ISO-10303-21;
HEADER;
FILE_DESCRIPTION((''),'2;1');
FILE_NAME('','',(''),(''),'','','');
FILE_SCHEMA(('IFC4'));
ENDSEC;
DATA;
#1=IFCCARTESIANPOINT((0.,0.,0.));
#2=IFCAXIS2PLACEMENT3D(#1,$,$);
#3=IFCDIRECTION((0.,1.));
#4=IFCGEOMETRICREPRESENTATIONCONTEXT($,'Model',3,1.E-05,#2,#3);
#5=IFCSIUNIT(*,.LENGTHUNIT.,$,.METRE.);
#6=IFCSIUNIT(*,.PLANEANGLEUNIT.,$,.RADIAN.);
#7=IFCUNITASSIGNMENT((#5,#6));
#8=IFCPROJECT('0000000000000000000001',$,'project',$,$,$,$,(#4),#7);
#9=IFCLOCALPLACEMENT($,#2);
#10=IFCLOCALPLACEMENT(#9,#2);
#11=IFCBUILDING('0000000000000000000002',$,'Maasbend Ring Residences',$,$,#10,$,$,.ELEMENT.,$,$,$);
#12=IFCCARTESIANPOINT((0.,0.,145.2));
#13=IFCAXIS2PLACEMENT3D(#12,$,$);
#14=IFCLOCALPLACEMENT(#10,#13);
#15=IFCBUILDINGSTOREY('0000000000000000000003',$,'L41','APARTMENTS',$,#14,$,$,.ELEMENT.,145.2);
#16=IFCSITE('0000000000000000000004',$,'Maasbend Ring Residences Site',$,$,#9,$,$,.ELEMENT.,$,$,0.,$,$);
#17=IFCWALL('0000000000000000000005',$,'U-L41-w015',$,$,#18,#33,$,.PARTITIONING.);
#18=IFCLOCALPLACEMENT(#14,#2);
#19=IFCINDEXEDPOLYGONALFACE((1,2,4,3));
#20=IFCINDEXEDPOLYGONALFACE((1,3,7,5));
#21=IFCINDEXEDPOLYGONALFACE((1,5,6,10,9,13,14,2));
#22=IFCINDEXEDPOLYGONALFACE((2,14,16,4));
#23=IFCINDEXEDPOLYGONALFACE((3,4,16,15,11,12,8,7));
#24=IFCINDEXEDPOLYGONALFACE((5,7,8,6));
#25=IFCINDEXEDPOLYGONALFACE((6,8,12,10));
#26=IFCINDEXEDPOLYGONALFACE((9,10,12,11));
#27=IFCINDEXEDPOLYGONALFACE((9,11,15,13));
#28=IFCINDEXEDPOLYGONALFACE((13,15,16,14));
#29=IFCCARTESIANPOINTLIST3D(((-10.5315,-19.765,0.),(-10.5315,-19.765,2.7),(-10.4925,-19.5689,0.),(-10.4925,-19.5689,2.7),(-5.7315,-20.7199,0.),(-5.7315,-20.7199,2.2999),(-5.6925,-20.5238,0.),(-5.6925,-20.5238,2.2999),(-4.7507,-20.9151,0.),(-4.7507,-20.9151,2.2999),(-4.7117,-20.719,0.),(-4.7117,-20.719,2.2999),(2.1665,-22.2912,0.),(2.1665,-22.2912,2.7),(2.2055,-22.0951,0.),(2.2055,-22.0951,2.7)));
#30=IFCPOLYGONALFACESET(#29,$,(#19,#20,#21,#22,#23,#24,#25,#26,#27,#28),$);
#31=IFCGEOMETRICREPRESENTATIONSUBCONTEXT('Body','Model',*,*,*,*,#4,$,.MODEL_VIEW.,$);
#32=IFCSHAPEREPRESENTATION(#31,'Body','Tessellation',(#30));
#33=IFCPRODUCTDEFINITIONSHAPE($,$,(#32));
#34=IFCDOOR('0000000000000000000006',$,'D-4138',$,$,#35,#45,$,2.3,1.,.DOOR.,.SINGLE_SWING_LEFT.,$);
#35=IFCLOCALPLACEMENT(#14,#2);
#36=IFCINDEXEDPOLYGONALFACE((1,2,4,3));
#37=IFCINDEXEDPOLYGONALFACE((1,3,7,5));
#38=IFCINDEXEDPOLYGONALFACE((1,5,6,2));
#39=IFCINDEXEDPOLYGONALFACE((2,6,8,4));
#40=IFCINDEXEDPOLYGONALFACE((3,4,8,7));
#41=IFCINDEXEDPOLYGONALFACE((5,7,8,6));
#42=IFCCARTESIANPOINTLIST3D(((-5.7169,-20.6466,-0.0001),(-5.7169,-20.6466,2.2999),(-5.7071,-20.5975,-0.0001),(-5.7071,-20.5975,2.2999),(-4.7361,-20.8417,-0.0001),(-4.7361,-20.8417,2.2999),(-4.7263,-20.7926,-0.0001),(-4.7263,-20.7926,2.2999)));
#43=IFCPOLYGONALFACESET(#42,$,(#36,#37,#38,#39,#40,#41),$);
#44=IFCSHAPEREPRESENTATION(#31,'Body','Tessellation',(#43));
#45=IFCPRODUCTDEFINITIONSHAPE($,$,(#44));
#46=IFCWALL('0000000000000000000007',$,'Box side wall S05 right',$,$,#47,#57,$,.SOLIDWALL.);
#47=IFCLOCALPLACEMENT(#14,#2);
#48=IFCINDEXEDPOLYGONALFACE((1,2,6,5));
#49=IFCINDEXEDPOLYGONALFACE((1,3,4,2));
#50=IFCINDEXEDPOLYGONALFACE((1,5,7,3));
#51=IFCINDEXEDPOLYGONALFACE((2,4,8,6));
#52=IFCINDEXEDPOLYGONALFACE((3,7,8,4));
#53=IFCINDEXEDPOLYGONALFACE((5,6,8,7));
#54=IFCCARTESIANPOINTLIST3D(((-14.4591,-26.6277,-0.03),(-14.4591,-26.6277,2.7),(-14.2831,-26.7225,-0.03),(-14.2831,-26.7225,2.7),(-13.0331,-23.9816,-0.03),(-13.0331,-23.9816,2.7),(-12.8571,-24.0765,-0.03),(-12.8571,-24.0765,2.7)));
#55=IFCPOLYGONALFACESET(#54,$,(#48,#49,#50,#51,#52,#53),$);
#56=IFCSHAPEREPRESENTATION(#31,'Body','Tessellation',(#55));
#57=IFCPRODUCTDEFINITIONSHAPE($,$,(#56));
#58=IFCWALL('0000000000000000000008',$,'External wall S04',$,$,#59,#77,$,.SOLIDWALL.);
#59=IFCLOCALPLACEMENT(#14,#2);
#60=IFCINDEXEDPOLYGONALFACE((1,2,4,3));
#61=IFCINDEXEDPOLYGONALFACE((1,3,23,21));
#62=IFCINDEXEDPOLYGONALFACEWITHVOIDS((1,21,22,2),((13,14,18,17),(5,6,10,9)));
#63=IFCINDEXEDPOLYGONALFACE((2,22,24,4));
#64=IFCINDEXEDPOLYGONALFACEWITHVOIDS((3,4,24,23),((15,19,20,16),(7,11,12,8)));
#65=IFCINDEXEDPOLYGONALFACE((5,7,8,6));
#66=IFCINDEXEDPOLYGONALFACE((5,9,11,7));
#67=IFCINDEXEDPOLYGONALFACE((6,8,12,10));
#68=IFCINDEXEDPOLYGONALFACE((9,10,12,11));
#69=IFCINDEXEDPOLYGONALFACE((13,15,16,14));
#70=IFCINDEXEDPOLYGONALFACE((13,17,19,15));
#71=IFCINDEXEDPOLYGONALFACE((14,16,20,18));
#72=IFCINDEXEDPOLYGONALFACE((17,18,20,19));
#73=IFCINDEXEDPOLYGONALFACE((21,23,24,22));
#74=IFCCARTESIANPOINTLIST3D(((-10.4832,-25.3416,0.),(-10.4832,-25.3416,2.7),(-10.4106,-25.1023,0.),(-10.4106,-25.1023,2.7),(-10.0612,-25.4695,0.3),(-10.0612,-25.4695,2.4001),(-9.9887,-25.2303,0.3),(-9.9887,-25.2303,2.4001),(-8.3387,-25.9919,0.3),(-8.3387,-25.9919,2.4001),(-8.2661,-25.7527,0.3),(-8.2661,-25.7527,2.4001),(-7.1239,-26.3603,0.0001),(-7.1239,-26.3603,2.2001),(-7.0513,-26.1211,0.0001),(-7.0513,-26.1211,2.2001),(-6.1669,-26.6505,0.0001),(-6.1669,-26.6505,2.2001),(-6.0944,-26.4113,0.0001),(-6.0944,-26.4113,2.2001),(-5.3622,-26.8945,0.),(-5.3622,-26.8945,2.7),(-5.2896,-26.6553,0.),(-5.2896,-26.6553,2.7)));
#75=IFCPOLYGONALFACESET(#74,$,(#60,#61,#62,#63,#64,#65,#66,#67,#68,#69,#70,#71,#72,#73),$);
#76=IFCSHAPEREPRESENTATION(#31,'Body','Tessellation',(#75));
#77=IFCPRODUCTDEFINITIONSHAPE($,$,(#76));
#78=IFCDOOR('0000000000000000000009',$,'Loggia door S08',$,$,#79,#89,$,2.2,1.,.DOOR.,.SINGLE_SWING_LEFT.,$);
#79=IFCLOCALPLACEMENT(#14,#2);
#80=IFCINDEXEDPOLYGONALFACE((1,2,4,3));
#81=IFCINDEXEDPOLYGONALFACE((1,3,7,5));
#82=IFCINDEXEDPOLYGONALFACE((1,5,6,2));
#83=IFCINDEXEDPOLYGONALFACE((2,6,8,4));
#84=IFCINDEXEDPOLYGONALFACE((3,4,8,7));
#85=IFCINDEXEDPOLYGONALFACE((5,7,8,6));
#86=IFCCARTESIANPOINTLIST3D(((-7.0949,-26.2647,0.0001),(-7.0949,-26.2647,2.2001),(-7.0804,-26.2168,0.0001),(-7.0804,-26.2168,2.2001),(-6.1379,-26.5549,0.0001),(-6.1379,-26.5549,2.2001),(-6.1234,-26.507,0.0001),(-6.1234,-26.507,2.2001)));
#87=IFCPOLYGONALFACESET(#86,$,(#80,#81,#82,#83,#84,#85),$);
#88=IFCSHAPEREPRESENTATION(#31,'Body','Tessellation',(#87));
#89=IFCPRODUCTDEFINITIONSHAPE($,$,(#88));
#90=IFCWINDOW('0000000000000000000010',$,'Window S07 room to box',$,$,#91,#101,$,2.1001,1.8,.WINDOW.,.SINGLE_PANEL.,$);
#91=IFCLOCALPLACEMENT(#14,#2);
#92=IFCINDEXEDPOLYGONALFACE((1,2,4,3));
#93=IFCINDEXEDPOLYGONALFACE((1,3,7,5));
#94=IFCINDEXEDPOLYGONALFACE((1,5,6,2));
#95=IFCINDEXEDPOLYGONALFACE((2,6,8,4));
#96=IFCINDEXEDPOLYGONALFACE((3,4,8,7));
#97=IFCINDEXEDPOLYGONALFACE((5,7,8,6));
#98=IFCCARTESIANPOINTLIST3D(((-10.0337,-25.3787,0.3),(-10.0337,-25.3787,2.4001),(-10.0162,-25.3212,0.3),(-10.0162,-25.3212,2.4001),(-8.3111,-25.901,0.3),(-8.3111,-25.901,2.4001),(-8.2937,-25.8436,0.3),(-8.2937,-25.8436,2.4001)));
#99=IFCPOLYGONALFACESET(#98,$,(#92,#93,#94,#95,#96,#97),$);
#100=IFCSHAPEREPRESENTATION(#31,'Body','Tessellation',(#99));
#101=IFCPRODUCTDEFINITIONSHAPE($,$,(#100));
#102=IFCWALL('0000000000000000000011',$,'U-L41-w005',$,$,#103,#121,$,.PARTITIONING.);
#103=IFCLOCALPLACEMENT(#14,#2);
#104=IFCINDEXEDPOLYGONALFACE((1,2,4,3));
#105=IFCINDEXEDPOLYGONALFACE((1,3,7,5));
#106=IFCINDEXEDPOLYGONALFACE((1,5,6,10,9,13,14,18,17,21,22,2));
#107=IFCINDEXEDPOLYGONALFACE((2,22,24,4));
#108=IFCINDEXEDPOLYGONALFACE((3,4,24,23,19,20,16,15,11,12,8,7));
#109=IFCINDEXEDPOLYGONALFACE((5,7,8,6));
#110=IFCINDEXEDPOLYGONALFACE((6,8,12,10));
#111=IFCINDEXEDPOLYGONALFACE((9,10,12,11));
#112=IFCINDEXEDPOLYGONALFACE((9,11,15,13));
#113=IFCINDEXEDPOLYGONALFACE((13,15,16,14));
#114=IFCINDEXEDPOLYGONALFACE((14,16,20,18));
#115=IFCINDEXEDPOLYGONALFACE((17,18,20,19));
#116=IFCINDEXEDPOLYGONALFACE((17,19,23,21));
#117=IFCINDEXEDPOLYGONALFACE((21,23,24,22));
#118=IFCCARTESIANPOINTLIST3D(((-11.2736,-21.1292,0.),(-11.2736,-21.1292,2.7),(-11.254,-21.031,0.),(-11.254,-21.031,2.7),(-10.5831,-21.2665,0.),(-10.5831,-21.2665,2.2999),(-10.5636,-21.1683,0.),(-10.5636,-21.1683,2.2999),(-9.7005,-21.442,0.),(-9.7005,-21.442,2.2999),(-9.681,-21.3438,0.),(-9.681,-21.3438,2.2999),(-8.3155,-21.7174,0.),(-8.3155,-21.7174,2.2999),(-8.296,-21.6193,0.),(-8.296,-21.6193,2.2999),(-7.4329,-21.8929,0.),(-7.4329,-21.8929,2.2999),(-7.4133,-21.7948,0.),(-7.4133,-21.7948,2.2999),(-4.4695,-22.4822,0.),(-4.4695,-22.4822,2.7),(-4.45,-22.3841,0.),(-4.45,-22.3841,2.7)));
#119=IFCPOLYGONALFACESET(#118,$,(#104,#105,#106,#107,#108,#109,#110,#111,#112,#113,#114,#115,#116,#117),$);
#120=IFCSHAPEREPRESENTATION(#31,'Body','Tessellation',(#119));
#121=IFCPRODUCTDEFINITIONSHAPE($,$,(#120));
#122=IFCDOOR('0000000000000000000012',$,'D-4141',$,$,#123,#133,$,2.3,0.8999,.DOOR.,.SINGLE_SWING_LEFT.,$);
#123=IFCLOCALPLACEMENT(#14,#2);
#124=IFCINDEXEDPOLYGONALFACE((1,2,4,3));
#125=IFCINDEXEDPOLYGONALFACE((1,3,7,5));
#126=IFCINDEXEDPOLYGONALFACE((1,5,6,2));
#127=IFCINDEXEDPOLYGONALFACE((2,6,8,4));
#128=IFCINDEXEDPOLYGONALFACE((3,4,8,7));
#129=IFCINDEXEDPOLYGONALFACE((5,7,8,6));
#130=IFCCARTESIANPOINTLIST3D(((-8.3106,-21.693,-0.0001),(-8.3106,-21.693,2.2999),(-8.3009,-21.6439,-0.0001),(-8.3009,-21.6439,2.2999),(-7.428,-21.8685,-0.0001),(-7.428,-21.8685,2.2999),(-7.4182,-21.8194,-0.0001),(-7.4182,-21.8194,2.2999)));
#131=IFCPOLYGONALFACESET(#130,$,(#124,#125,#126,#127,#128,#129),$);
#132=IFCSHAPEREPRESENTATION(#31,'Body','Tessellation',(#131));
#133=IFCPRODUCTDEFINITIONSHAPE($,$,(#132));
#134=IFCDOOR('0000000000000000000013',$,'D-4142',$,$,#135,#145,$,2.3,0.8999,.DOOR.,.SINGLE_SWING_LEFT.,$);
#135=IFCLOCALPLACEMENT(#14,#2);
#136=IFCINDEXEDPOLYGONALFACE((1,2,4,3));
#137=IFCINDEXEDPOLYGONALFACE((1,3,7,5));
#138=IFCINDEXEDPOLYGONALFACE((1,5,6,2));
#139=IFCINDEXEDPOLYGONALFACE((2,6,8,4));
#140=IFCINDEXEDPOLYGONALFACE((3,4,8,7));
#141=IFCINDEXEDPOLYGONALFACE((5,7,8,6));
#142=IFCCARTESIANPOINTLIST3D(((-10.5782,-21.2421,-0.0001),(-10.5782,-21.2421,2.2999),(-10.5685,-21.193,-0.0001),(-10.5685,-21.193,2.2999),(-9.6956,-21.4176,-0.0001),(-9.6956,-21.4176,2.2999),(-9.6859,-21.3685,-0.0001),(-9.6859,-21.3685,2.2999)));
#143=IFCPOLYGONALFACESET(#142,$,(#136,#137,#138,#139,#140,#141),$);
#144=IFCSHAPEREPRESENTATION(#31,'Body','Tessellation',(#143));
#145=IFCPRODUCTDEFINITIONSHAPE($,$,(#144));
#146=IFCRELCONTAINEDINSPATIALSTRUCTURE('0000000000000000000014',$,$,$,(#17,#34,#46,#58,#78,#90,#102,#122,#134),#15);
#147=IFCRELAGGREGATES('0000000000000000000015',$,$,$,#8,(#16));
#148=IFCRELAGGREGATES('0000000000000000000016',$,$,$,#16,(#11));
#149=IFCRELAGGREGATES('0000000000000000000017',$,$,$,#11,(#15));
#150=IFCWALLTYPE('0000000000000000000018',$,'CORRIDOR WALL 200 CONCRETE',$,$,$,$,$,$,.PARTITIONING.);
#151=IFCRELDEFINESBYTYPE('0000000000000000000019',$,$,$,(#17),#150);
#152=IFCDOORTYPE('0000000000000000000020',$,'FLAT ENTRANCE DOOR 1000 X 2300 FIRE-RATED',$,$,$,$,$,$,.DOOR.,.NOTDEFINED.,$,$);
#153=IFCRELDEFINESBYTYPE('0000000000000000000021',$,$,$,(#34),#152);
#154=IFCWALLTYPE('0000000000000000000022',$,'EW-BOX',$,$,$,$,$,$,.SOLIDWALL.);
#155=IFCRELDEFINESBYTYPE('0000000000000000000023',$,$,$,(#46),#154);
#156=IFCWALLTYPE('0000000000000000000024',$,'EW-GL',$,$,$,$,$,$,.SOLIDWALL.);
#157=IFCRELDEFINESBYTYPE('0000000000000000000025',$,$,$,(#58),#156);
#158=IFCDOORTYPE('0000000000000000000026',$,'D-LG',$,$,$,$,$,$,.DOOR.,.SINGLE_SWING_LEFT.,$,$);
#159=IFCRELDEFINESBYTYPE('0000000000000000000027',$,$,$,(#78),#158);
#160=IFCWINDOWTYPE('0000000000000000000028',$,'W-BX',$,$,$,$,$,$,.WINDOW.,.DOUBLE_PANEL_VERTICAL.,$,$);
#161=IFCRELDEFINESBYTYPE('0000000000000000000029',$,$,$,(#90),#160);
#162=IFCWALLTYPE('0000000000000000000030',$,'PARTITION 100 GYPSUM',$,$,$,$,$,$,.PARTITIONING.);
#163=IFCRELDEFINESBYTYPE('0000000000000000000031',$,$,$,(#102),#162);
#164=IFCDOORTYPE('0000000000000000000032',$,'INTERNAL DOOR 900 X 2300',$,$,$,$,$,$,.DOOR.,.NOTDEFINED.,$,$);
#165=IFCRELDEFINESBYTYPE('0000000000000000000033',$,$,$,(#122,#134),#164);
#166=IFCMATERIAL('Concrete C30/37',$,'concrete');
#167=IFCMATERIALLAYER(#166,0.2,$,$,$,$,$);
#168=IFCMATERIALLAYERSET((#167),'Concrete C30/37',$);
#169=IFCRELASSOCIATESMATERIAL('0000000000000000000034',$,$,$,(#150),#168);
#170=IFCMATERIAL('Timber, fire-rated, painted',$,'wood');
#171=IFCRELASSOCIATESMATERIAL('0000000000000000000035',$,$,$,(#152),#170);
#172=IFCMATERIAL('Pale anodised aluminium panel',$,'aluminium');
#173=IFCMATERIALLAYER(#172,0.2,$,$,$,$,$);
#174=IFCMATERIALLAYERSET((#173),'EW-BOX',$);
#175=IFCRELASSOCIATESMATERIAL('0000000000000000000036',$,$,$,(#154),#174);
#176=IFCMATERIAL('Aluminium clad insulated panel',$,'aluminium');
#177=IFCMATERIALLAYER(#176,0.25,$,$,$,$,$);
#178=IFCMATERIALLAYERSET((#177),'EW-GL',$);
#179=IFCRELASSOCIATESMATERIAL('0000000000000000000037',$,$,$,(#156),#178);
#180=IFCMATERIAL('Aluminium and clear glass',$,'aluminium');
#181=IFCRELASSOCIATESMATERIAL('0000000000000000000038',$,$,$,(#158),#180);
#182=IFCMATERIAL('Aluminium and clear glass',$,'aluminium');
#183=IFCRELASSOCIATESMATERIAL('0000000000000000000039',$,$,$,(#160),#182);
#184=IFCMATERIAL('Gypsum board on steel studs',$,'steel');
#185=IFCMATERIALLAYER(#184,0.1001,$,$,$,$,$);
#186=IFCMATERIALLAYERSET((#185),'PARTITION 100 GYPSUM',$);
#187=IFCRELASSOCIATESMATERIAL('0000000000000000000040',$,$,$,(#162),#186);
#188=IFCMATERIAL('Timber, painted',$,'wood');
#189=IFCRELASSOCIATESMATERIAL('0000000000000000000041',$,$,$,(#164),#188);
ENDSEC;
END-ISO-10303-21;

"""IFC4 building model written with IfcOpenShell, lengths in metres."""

from ifc_helpers import new_model, si_unit, direction, frame, frame_2d, origin, place, context, subcontext, project, spatial, rectangle, extrude, material, layer, layer_set, type_object, element, fill, save


model = new_model("IFC4")

# Units and contexts
model_context = context("Model", 3, precision=1e-05, world=origin(), true_north=direction((0.0, 1.0)))
body_context = subcontext(model_context, "Body", "Model", "MODEL_VIEW")
ifc_project = project(units=[si_unit("LENGTHUNIT", "METRE"), si_unit("PLANEANGLEUNIT", "RADIAN")], contexts=[model_context])

# Site, building, storey
site_placement = place(None, origin())
site = spatial("IfcSite", under=ifc_project, at=site_placement, Name="Maasbend Ring Residences Site", CompositionType="ELEMENT", RefElevation=0.0)
building_placement = place(site_placement, origin())
building = spatial("IfcBuilding", under=site, at=building_placement, Name="Maasbend Ring Residences", CompositionType="ELEMENT")
storey_placement = place(building_placement, frame((0.0, 0.0, 145.2)))
storey = spatial("IfcBuildingStorey", under=building, at=storey_placement, Name="L41", Description="APARTMENTS", CompositionType="ELEMENT", Elevation=145.2)

# Wall, opening, door
ifc_material_1 = material(Name="Concrete C30/37", Category="concrete")
ifc_layer_1 = layer(ifc_material_1, 0.2)
ifc_layer_set_1 = layer_set([ifc_layer_1], Name="Concrete C30/37")
wall_type_1 = type_object("IfcWallType", Name="CORRIDOR WALL 200 CONCRETE", PredefinedType="PARTITIONING", material=ifc_layer_set_1)
wall_1_placement = place(storey_placement, frame((-10.512, -19.667, 0.0), z_axis=(0.0, 0.0, 1.0), x_axis=(0.98078, -0.195115, 0.0)))
wall_1 = element("IfcWall", 1, at=wall_1_placement, inside=storey, type_object=wall_type_1, Name="U-L41-w015", PredefinedType="PARTITIONING", context=body_context, shape_type="SweptSolid", body=[
    extrude(rectangle(XDim=12.9468, YDim=0.2, at=frame_2d((6.4734, 0.0))), origin(), (0.0, 0.0, 1.0), 2.7),
])
opening_1_placement = place(wall_1_placement, frame((4.894, 0.0, 0.0)))
opening_1 = element("IfcOpeningElement", 2, at=opening_1_placement, cuts=wall_1, PredefinedType="OPENING", context=body_context, shape_type="SweptSolid", body=[
    extrude(rectangle(XDim=1.0, YDim=2.3, at=frame_2d((0.5, 1.1499))), frame((0.0, 0.1099, 0.0), z_axis=(0.0, -1.0, 0.0), x_axis=(1.0, 0.0, 0.0)), (0.0, 0.0, 1.0), 0.22),
])
ifc_material_2 = material(Name="Timber, fire-rated, painted", Category="wood")
door_type_1 = type_object("IfcDoorType", Name="FLAT ENTRANCE DOOR 1000 X 2300 FIRE-RATED", OperationType="NOTDEFINED", PredefinedType="DOOR", material=ifc_material_2)
door_1_placement = place(opening_1_placement, origin())
door_1 = element("IfcDoor", 3, at=door_1_placement, inside=storey, type_object=door_type_1, Name="D-4138", OperationType="SINGLE_SWING_LEFT", OverallHeight=2.3, OverallWidth=1.0, PredefinedType="DOOR", context=body_context, shape_type="SweptSolid", body=[
    extrude(rectangle(XDim=1.0, YDim=2.3, at=frame_2d((0.5, 1.1499))), frame((0.0, 0.0249, 0.0), z_axis=(0.0, -1.0, 0.0), x_axis=(1.0, 0.0, 0.0)), (0.0, 0.0, 1.0), 0.05),
])
fill(opening_1, door_1)

# Wall
ifc_material_3 = material(Name="Pale anodised aluminium panel", Category="aluminium")
ifc_layer_2 = layer(ifc_material_3, 0.2)
ifc_layer_set_2 = layer_set([ifc_layer_2], Name="EW-BOX")
wall_type_2 = type_object("IfcWallType", Name="EW-BOX", PredefinedType="SOLIDWALL", material=ifc_layer_set_2)
wall_2_placement = place(storey_placement, frame((-12.9451, -24.0291, -0.03), z_axis=(0.0, 0.0, 1.0), x_axis=(-0.474424, -0.880296, 0.0)))
element("IfcWall", 4, at=wall_2_placement, inside=storey, type_object=wall_type_2, Name="Box side wall S05 right", PredefinedType="SOLIDWALL", context=body_context, shape_type="SweptSolid", body=[
    extrude(rectangle(XDim=3.0059, YDim=0.2, at=frame_2d((1.5029, 0.0))), origin(), (0.0, 0.0, 1.0), 2.73),
])

# Wall, openings, door, window
ifc_material_4 = material(Name="Aluminium clad insulated panel", Category="aluminium")
ifc_layer_3 = layer(ifc_material_4, 0.25)
ifc_layer_set_3 = layer_set([ifc_layer_3], Name="EW-GL")
wall_type_3 = type_object("IfcWallType", Name="EW-GL", PredefinedType="SOLIDWALL", material=ifc_layer_set_3)
wall_3_placement = place(storey_placement, frame((-10.447, -25.2219, 0.0), z_axis=(0.0, 0.0, 1.0), x_axis=(0.956966, -0.290201, 0.0)))
wall_3 = element("IfcWall", 5, at=wall_3_placement, inside=storey, type_object=wall_type_3, Name="External wall S04", PredefinedType="SOLIDWALL", context=body_context, shape_type="SweptSolid", body=[
    extrude(rectangle(XDim=5.3513, YDim=0.25, at=frame_2d((2.6758, 0.0))), origin(), (0.0, 0.0, 1.0), 2.7),
])
opening_2_placement = place(wall_3_placement, frame((0.4412, 0.0, 0.3)))
opening_2 = element("IfcOpeningElement", 6, at=opening_2_placement, cuts=wall_3, PredefinedType="OPENING", context=body_context, shape_type="SweptSolid", body=[
    extrude(rectangle(XDim=1.8, YDim=2.1001, at=frame_2d((0.8999, 1.05))), frame((0.0, 0.135, 0.0), z_axis=(0.0, -1.0, 0.0), x_axis=(1.0, 0.0, 0.0)), (0.0, 0.0, 1.0), 0.27),
])
opening_3_placement = place(wall_3_placement, frame((3.5105, 0.0, 0.0)))
opening_3 = element("IfcOpeningElement", 7, at=opening_3_placement, cuts=wall_3, PredefinedType="OPENING", context=body_context, shape_type="SweptSolid", body=[
    extrude(rectangle(XDim=1.0, YDim=2.2, at=frame_2d((0.5, 1.1001))), frame((0.0, 0.135, 0.0), z_axis=(0.0, -1.0, 0.0), x_axis=(1.0, 0.0, 0.0)), (0.0, 0.0, 1.0), 0.27),
])
ifc_material_5 = material(Name="Aluminium and clear glass", Category="aluminium")
door_type_2 = type_object("IfcDoorType", Name="D-LG", OperationType="SINGLE_SWING_LEFT", PredefinedType="DOOR", material=ifc_material_5)
door_2_placement = place(opening_3_placement, origin())
door_2 = element("IfcDoor", 8, at=door_2_placement, inside=storey, type_object=door_type_2, Name="Loggia door S08", OperationType="SINGLE_SWING_LEFT", OverallHeight=2.2, OverallWidth=1.0, PredefinedType="DOOR", context=body_context, shape_type="SweptSolid", body=[
    extrude(rectangle(XDim=1.0, YDim=2.2, at=frame_2d((0.5, 1.1001))), frame((0.0, 0.0249, 0.0), z_axis=(0.0, -1.0, 0.0), x_axis=(1.0, 0.0, 0.0)), (0.0, 0.0, 1.0), 0.05),
])
fill(opening_3, door_2)
ifc_material_6 = material(Name="Aluminium and clear glass", Category="aluminium")
window_type = type_object("IfcWindowType", Name="W-BX", PartitioningType="DOUBLE_PANEL_VERTICAL", PredefinedType="WINDOW", material=ifc_material_6)
window_placement = place(opening_2_placement, origin())
window = element("IfcWindow", 9, at=window_placement, inside=storey, type_object=window_type, Name="Window S07 room to box", OverallHeight=2.1001, OverallWidth=1.8, PartitioningType="SINGLE_PANEL", PredefinedType="WINDOW", context=body_context, shape_type="SweptSolid", body=[
    extrude(rectangle(XDim=1.8, YDim=2.1001, at=frame_2d((0.8999, 1.05))), frame((0.0, 0.03, 0.0), z_axis=(0.0, -1.0, 0.0), x_axis=(1.0, 0.0, 0.0)), (0.0, 0.0, 1.0), 0.0601),
])
fill(opening_2, window)

# Wall, openings, doors
ifc_material_7 = material(Name="Gypsum board on steel studs", Category="steel")
ifc_layer_4 = layer(ifc_material_7, 0.1001)
ifc_layer_set_4 = layer_set([ifc_layer_4], Name="PARTITION 100 GYPSUM")
wall_type_4 = type_object("IfcWallType", Name="PARTITION 100 GYPSUM", PredefinedType="PARTITIONING", material=ifc_layer_set_4)
wall_4_placement = place(storey_placement, frame((-11.2639, -21.0801, 0.0), z_axis=(0.0, 0.0, 1.0), x_axis=(0.980795, -0.19504, 0.0)))
wall_4 = element("IfcWall", 10, at=wall_4_placement, inside=storey, type_object=wall_type_4, Name="U-L41-w005", PredefinedType="PARTITIONING", context=body_context, shape_type="SweptSolid", body=[
    extrude(rectangle(XDim=6.9373, YDim=0.1001, at=frame_2d((3.4688, 0.0))), origin(), (0.0, 0.0, 1.0), 2.7),
])
opening_4_placement = place(wall_4_placement, frame((3.0161, 0.0, 0.0)))
opening_4 = element("IfcOpeningElement", 11, at=opening_4_placement, cuts=wall_4, PredefinedType="OPENING", context=body_context, shape_type="SweptSolid", body=[
    extrude(rectangle(XDim=0.8999, YDim=2.3, at=frame_2d((0.45, 1.1499))), frame((0.0, 0.0601, 0.0), z_axis=(0.0, -1.0, 0.0), x_axis=(1.0, 0.0, 0.0)), (0.0, 0.0, 1.0), 0.1201),
])
opening_5_placement = place(wall_4_placement, frame((0.7041, 0.0, 0.0)))
opening_5 = element("IfcOpeningElement", 12, at=opening_5_placement, cuts=wall_4, PredefinedType="OPENING", context=body_context, shape_type="SweptSolid", body=[
    extrude(rectangle(XDim=0.8999, YDim=2.3, at=frame_2d((0.45, 1.1499))), frame((0.0, 0.0601, 0.0), z_axis=(0.0, -1.0, 0.0), x_axis=(1.0, 0.0, 0.0)), (0.0, 0.0, 1.0), 0.1201),
])
ifc_material_8 = material(Name="Timber, painted", Category="wood")
door_type_3 = type_object("IfcDoorType", Name="INTERNAL DOOR 900 X 2300", OperationType="NOTDEFINED", PredefinedType="DOOR", material=ifc_material_8)
door_3_placement = place(opening_4_placement, origin())
door_3 = element("IfcDoor", 13, at=door_3_placement, inside=storey, type_object=door_type_3, Name="D-4141", OperationType="SINGLE_SWING_LEFT", OverallHeight=2.3, OverallWidth=0.8999, PredefinedType="DOOR", context=body_context, shape_type="SweptSolid", body=[
    extrude(rectangle(XDim=0.8999, YDim=2.3, at=frame_2d((0.45, 1.1499))), frame((0.0, 0.0249, 0.0), z_axis=(0.0, -1.0, 0.0), x_axis=(1.0, 0.0, 0.0)), (0.0, 0.0, 1.0), 0.05),
])
fill(opening_4, door_3)
door_4_placement = place(opening_5_placement, origin())
door_4 = element("IfcDoor", 14, at=door_4_placement, inside=storey, type_object=door_type_3, Name="D-4142", OperationType="SINGLE_SWING_LEFT", OverallHeight=2.3, OverallWidth=0.8999, PredefinedType="DOOR", context=body_context, shape_type="SweptSolid", body=[
    extrude(rectangle(XDim=0.8999, YDim=2.3, at=frame_2d((0.45, 1.1499))), frame((0.0, 0.0249, 0.0), z_axis=(0.0, -1.0, 0.0), x_axis=(1.0, 0.0, 0.0)), (0.0, 0.0, 1.0), 0.05),
])
fill(opening_5, door_4)

save(model, "model.ifc")
